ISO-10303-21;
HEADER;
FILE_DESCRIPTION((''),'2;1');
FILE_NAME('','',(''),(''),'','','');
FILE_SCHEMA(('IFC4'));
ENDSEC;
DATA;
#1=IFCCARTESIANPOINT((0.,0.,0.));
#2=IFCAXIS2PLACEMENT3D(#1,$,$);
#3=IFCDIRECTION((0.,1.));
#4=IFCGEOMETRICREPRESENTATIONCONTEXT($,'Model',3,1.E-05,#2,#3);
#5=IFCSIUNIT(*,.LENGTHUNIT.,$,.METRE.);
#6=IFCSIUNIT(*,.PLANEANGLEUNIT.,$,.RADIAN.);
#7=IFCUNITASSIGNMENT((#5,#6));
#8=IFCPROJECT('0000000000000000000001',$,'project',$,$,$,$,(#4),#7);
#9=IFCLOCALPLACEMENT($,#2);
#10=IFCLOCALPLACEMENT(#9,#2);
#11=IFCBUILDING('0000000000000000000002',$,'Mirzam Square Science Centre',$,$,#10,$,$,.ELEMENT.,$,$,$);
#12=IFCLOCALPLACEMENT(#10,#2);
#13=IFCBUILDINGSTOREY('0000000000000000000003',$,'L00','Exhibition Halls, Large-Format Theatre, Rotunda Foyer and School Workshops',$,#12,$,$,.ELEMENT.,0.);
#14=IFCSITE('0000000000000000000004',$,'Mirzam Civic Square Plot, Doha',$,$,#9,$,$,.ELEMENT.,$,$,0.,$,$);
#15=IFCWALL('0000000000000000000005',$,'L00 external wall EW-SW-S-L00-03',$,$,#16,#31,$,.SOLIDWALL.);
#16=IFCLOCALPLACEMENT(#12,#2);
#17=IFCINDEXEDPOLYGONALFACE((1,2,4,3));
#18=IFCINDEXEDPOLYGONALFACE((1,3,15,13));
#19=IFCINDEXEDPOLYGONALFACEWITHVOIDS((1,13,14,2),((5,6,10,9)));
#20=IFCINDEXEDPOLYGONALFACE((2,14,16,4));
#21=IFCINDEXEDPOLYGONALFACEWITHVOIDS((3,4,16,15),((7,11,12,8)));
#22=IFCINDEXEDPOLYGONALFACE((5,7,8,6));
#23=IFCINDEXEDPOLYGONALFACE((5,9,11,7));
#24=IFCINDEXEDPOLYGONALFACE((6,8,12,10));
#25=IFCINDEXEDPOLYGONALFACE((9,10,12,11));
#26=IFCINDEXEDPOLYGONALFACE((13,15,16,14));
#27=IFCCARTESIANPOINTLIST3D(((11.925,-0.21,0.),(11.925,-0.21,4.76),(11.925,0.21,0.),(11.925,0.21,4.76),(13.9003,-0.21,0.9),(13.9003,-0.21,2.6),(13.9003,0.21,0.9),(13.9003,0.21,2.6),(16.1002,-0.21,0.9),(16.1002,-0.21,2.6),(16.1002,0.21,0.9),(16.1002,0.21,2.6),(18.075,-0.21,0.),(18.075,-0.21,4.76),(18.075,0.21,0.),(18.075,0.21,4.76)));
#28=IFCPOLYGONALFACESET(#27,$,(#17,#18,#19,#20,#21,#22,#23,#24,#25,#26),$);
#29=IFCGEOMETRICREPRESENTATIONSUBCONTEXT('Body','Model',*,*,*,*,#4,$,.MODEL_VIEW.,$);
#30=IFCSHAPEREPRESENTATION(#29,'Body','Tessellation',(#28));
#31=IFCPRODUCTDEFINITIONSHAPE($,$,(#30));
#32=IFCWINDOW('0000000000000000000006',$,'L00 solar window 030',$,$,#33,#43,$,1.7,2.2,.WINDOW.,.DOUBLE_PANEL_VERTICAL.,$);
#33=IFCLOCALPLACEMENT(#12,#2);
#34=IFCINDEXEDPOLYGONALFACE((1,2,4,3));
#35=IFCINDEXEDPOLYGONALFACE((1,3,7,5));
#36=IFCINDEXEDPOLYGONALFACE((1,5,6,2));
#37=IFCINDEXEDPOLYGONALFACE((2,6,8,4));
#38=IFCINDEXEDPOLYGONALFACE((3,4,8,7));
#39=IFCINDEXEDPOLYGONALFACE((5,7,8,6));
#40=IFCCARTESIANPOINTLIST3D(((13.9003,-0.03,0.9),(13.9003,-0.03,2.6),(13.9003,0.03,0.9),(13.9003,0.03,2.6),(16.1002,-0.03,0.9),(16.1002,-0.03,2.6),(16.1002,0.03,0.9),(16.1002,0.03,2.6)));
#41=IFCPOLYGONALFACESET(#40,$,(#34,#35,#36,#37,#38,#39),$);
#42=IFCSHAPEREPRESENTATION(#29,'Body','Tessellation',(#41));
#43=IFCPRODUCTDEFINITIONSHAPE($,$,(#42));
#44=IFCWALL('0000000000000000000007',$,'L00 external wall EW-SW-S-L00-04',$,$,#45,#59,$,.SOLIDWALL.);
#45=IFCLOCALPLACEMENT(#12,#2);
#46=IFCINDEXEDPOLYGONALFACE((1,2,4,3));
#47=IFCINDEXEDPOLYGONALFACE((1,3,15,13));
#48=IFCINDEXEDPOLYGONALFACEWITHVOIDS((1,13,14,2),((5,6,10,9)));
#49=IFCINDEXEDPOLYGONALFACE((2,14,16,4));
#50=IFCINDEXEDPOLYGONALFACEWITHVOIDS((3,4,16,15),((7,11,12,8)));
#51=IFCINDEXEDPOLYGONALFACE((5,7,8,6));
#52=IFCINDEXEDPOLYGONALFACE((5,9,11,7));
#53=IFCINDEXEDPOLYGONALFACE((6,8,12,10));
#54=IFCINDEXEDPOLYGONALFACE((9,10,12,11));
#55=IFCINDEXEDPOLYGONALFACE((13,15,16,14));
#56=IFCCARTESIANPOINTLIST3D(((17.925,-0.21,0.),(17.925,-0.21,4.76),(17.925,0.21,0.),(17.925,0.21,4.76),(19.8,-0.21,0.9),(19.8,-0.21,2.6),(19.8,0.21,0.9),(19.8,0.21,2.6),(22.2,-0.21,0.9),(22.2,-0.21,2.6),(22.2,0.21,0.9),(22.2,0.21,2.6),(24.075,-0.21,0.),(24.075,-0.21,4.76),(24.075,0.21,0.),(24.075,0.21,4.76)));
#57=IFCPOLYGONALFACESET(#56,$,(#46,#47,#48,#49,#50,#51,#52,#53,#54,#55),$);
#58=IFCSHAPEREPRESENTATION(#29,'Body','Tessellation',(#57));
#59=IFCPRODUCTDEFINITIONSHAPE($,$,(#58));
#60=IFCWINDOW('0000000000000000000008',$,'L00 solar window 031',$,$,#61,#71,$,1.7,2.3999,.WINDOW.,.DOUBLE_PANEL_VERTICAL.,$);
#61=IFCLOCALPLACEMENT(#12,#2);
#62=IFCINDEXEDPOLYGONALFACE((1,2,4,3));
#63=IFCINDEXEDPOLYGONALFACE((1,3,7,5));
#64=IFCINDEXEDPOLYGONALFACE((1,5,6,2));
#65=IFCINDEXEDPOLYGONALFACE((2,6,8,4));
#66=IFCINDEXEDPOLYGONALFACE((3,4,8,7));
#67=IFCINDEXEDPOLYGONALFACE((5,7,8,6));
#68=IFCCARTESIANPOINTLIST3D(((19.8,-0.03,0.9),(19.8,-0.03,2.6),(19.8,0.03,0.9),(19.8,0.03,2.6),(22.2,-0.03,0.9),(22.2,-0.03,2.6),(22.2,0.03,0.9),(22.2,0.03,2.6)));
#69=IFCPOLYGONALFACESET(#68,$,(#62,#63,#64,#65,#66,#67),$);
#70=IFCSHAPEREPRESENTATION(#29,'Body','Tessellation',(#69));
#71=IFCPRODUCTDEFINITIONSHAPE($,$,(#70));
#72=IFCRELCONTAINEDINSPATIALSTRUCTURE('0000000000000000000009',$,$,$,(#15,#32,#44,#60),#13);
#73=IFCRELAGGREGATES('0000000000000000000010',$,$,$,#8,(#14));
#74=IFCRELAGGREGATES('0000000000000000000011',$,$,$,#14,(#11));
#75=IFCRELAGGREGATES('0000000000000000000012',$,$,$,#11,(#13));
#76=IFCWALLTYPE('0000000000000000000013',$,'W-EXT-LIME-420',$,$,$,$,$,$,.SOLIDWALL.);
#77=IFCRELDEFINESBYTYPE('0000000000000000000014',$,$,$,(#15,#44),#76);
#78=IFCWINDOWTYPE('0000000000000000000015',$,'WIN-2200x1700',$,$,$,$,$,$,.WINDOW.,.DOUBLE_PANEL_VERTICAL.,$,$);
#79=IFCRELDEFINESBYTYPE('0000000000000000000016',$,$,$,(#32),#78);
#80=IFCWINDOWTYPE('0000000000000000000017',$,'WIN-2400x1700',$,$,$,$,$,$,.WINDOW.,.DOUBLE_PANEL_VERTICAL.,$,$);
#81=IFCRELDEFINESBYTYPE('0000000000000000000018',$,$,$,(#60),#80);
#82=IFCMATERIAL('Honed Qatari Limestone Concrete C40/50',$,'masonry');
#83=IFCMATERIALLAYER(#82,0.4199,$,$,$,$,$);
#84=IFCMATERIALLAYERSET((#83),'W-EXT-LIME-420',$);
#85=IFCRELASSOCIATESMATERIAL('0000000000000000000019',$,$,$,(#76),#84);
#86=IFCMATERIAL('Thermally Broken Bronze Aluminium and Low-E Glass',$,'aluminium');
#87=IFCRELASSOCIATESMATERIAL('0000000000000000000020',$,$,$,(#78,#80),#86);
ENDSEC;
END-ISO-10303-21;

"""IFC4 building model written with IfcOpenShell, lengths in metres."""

from ifc_helpers import new_model, si_unit, direction, frame, frame_2d, origin, place, context, subcontext, project, spatial, rectangle, extrude, material, layer, layer_set, type_object, element, fill, save


model = new_model("IFC4")

# Units and contexts
model_context = context("Model", 3, precision=1e-05, world=origin(), true_north=direction((0.0, 1.0)))
body_context = subcontext(model_context, "Body", "Model", "MODEL_VIEW")
ifc_project = project(units=[si_unit("LENGTHUNIT", "METRE"), si_unit("PLANEANGLEUNIT", "RADIAN")], contexts=[model_context])

# Site, building, storey
site_placement = place(None, origin())
site = spatial("IfcSite", under=ifc_project, at=site_placement, Name="Mirzam Civic Square Plot, Doha", CompositionType="ELEMENT", RefElevation=0.0)
building_placement = place(site_placement, origin())
building = spatial("IfcBuilding", under=site, at=building_placement, Name="Mirzam Square Science Centre", CompositionType="ELEMENT")
storey_placement = place(building_placement, origin())
storey = spatial("IfcBuildingStorey", under=building, at=storey_placement, Name="L00", Description="Exhibition Halls, Large-Format Theatre, Rotunda Foyer and School Workshops", CompositionType="ELEMENT", Elevation=0.0)

# Walls, openings, windows
ifc_material_1 = material(Name="Honed Qatari Limestone Concrete C40/50", Category="masonry")
ifc_layer_1 = layer(ifc_material_1, 0.4199)
ifc_layer_set_1 = layer_set([ifc_layer_1], Name="W-EXT-LIME-420")
wall_type = type_object("IfcWallType", Name="W-EXT-LIME-420", PredefinedType="SOLIDWALL", material=ifc_layer_set_1)
wall_1_placement = place(storey_placement, frame((11.925, 0.0, 0.0), z_axis=(0.0, 0.0, 1.0), x_axis=(1.0, 0.0, 0.0)))
wall_1 = element("IfcWall", 1, at=wall_1_placement, inside=storey, type_object=wall_type, Name="L00 external wall EW-SW-S-L00-03", PredefinedType="SOLIDWALL", context=body_context, shape_type="SweptSolid", body=[
    extrude(rectangle(XDim=6.1499, YDim=0.4199, at=frame_2d((3.075, 0.0))), origin(), (0.0, 0.0, 1.0), 4.76),
])
opening_1_placement = place(wall_1_placement, frame((1.9751, 0.0, 0.8999)))
opening_1 = element("IfcOpeningElement", 2, at=opening_1_placement, cuts=wall_1, PredefinedType="OPENING", context=body_context, shape_type="SweptSolid", body=[
    extrude(rectangle(XDim=2.2, YDim=1.7, at=frame_2d((1.1001, 0.8501))), frame((0.0, 0.22, 0.0), z_axis=(0.0, -1.0, 0.0), x_axis=(1.0, 0.0, 0.0)), (0.0, 0.0, 1.0), 0.4399),
])
ifc_material_2 = material(Name="Thermally Broken Bronze Aluminium and Low-E Glass", Category="aluminium")
window_type_1 = type_object("IfcWindowType", Name="WIN-2200x1700", PartitioningType="DOUBLE_PANEL_VERTICAL", PredefinedType="WINDOW", material=ifc_material_2)
window_1_placement = place(opening_1_placement, origin())
window_1 = element("IfcWindow", 3, at=window_1_placement, inside=storey, type_object=window_type_1, Name="L00 solar window 030", OverallHeight=1.7, OverallWidth=2.2, PartitioningType="DOUBLE_PANEL_VERTICAL", PredefinedType="WINDOW", context=body_context, shape_type="SweptSolid", body=[
    extrude(rectangle(XDim=2.2, YDim=1.7, at=frame_2d((1.1001, 0.8501))), frame((0.0, 0.03, 0.0), z_axis=(0.0, -1.0, 0.0), x_axis=(1.0, 0.0, 0.0)), (0.0, 0.0, 1.0), 0.0601),
])
fill(opening_1, window_1)
wall_2_placement = place(storey_placement, frame((17.925, 0.0, 0.0), z_axis=(0.0, 0.0, 1.0), x_axis=(1.0, 0.0, 0.0)))
wall_2 = element("IfcWall", 4, at=wall_2_placement, inside=storey, type_object=wall_type, Name="L00 external wall EW-SW-S-L00-04", PredefinedType="SOLIDWALL", context=body_context, shape_type="SweptSolid", body=[
    extrude(rectangle(XDim=6.1499, YDim=0.4199, at=frame_2d((3.075, 0.0))), origin(), (0.0, 0.0, 1.0), 4.76),
])
opening_2_placement = place(wall_2_placement, frame((1.875, 0.0, 0.8999)))
opening_2 = element("IfcOpeningElement", 5, at=opening_2_placement, cuts=wall_2, PredefinedType="OPENING", context=body_context, shape_type="SweptSolid", body=[
    extrude(rectangle(XDim=2.3999, YDim=1.7, at=frame_2d((1.2, 0.8501))), frame((0.0, 0.22, 0.0), z_axis=(0.0, -1.0, 0.0), x_axis=(1.0, 0.0, 0.0)), (0.0, 0.0, 1.0), 0.4399),
])
window_type_2 = type_object("IfcWindowType", Name="WIN-2400x1700", PartitioningType="DOUBLE_PANEL_VERTICAL", PredefinedType="WINDOW", material=ifc_material_2)
window_2_placement = place(opening_2_placement, origin())
window_2 = element("IfcWindow", 6, at=window_2_placement, inside=storey, type_object=window_type_2, Name="L00 solar window 031", OverallHeight=1.7, OverallWidth=2.3999, PartitioningType="DOUBLE_PANEL_VERTICAL", PredefinedType="WINDOW", context=body_context, shape_type="SweptSolid", body=[
    extrude(rectangle(XDim=2.3999, YDim=1.7, at=frame_2d((1.2, 0.8501))), frame((0.0, 0.03, 0.0), z_axis=(0.0, -1.0, 0.0), x_axis=(1.0, 0.0, 0.0)), (0.0, 0.0, 1.0), 0.0601),
])
fill(opening_2, window_2)

save(model, "model.ifc")
